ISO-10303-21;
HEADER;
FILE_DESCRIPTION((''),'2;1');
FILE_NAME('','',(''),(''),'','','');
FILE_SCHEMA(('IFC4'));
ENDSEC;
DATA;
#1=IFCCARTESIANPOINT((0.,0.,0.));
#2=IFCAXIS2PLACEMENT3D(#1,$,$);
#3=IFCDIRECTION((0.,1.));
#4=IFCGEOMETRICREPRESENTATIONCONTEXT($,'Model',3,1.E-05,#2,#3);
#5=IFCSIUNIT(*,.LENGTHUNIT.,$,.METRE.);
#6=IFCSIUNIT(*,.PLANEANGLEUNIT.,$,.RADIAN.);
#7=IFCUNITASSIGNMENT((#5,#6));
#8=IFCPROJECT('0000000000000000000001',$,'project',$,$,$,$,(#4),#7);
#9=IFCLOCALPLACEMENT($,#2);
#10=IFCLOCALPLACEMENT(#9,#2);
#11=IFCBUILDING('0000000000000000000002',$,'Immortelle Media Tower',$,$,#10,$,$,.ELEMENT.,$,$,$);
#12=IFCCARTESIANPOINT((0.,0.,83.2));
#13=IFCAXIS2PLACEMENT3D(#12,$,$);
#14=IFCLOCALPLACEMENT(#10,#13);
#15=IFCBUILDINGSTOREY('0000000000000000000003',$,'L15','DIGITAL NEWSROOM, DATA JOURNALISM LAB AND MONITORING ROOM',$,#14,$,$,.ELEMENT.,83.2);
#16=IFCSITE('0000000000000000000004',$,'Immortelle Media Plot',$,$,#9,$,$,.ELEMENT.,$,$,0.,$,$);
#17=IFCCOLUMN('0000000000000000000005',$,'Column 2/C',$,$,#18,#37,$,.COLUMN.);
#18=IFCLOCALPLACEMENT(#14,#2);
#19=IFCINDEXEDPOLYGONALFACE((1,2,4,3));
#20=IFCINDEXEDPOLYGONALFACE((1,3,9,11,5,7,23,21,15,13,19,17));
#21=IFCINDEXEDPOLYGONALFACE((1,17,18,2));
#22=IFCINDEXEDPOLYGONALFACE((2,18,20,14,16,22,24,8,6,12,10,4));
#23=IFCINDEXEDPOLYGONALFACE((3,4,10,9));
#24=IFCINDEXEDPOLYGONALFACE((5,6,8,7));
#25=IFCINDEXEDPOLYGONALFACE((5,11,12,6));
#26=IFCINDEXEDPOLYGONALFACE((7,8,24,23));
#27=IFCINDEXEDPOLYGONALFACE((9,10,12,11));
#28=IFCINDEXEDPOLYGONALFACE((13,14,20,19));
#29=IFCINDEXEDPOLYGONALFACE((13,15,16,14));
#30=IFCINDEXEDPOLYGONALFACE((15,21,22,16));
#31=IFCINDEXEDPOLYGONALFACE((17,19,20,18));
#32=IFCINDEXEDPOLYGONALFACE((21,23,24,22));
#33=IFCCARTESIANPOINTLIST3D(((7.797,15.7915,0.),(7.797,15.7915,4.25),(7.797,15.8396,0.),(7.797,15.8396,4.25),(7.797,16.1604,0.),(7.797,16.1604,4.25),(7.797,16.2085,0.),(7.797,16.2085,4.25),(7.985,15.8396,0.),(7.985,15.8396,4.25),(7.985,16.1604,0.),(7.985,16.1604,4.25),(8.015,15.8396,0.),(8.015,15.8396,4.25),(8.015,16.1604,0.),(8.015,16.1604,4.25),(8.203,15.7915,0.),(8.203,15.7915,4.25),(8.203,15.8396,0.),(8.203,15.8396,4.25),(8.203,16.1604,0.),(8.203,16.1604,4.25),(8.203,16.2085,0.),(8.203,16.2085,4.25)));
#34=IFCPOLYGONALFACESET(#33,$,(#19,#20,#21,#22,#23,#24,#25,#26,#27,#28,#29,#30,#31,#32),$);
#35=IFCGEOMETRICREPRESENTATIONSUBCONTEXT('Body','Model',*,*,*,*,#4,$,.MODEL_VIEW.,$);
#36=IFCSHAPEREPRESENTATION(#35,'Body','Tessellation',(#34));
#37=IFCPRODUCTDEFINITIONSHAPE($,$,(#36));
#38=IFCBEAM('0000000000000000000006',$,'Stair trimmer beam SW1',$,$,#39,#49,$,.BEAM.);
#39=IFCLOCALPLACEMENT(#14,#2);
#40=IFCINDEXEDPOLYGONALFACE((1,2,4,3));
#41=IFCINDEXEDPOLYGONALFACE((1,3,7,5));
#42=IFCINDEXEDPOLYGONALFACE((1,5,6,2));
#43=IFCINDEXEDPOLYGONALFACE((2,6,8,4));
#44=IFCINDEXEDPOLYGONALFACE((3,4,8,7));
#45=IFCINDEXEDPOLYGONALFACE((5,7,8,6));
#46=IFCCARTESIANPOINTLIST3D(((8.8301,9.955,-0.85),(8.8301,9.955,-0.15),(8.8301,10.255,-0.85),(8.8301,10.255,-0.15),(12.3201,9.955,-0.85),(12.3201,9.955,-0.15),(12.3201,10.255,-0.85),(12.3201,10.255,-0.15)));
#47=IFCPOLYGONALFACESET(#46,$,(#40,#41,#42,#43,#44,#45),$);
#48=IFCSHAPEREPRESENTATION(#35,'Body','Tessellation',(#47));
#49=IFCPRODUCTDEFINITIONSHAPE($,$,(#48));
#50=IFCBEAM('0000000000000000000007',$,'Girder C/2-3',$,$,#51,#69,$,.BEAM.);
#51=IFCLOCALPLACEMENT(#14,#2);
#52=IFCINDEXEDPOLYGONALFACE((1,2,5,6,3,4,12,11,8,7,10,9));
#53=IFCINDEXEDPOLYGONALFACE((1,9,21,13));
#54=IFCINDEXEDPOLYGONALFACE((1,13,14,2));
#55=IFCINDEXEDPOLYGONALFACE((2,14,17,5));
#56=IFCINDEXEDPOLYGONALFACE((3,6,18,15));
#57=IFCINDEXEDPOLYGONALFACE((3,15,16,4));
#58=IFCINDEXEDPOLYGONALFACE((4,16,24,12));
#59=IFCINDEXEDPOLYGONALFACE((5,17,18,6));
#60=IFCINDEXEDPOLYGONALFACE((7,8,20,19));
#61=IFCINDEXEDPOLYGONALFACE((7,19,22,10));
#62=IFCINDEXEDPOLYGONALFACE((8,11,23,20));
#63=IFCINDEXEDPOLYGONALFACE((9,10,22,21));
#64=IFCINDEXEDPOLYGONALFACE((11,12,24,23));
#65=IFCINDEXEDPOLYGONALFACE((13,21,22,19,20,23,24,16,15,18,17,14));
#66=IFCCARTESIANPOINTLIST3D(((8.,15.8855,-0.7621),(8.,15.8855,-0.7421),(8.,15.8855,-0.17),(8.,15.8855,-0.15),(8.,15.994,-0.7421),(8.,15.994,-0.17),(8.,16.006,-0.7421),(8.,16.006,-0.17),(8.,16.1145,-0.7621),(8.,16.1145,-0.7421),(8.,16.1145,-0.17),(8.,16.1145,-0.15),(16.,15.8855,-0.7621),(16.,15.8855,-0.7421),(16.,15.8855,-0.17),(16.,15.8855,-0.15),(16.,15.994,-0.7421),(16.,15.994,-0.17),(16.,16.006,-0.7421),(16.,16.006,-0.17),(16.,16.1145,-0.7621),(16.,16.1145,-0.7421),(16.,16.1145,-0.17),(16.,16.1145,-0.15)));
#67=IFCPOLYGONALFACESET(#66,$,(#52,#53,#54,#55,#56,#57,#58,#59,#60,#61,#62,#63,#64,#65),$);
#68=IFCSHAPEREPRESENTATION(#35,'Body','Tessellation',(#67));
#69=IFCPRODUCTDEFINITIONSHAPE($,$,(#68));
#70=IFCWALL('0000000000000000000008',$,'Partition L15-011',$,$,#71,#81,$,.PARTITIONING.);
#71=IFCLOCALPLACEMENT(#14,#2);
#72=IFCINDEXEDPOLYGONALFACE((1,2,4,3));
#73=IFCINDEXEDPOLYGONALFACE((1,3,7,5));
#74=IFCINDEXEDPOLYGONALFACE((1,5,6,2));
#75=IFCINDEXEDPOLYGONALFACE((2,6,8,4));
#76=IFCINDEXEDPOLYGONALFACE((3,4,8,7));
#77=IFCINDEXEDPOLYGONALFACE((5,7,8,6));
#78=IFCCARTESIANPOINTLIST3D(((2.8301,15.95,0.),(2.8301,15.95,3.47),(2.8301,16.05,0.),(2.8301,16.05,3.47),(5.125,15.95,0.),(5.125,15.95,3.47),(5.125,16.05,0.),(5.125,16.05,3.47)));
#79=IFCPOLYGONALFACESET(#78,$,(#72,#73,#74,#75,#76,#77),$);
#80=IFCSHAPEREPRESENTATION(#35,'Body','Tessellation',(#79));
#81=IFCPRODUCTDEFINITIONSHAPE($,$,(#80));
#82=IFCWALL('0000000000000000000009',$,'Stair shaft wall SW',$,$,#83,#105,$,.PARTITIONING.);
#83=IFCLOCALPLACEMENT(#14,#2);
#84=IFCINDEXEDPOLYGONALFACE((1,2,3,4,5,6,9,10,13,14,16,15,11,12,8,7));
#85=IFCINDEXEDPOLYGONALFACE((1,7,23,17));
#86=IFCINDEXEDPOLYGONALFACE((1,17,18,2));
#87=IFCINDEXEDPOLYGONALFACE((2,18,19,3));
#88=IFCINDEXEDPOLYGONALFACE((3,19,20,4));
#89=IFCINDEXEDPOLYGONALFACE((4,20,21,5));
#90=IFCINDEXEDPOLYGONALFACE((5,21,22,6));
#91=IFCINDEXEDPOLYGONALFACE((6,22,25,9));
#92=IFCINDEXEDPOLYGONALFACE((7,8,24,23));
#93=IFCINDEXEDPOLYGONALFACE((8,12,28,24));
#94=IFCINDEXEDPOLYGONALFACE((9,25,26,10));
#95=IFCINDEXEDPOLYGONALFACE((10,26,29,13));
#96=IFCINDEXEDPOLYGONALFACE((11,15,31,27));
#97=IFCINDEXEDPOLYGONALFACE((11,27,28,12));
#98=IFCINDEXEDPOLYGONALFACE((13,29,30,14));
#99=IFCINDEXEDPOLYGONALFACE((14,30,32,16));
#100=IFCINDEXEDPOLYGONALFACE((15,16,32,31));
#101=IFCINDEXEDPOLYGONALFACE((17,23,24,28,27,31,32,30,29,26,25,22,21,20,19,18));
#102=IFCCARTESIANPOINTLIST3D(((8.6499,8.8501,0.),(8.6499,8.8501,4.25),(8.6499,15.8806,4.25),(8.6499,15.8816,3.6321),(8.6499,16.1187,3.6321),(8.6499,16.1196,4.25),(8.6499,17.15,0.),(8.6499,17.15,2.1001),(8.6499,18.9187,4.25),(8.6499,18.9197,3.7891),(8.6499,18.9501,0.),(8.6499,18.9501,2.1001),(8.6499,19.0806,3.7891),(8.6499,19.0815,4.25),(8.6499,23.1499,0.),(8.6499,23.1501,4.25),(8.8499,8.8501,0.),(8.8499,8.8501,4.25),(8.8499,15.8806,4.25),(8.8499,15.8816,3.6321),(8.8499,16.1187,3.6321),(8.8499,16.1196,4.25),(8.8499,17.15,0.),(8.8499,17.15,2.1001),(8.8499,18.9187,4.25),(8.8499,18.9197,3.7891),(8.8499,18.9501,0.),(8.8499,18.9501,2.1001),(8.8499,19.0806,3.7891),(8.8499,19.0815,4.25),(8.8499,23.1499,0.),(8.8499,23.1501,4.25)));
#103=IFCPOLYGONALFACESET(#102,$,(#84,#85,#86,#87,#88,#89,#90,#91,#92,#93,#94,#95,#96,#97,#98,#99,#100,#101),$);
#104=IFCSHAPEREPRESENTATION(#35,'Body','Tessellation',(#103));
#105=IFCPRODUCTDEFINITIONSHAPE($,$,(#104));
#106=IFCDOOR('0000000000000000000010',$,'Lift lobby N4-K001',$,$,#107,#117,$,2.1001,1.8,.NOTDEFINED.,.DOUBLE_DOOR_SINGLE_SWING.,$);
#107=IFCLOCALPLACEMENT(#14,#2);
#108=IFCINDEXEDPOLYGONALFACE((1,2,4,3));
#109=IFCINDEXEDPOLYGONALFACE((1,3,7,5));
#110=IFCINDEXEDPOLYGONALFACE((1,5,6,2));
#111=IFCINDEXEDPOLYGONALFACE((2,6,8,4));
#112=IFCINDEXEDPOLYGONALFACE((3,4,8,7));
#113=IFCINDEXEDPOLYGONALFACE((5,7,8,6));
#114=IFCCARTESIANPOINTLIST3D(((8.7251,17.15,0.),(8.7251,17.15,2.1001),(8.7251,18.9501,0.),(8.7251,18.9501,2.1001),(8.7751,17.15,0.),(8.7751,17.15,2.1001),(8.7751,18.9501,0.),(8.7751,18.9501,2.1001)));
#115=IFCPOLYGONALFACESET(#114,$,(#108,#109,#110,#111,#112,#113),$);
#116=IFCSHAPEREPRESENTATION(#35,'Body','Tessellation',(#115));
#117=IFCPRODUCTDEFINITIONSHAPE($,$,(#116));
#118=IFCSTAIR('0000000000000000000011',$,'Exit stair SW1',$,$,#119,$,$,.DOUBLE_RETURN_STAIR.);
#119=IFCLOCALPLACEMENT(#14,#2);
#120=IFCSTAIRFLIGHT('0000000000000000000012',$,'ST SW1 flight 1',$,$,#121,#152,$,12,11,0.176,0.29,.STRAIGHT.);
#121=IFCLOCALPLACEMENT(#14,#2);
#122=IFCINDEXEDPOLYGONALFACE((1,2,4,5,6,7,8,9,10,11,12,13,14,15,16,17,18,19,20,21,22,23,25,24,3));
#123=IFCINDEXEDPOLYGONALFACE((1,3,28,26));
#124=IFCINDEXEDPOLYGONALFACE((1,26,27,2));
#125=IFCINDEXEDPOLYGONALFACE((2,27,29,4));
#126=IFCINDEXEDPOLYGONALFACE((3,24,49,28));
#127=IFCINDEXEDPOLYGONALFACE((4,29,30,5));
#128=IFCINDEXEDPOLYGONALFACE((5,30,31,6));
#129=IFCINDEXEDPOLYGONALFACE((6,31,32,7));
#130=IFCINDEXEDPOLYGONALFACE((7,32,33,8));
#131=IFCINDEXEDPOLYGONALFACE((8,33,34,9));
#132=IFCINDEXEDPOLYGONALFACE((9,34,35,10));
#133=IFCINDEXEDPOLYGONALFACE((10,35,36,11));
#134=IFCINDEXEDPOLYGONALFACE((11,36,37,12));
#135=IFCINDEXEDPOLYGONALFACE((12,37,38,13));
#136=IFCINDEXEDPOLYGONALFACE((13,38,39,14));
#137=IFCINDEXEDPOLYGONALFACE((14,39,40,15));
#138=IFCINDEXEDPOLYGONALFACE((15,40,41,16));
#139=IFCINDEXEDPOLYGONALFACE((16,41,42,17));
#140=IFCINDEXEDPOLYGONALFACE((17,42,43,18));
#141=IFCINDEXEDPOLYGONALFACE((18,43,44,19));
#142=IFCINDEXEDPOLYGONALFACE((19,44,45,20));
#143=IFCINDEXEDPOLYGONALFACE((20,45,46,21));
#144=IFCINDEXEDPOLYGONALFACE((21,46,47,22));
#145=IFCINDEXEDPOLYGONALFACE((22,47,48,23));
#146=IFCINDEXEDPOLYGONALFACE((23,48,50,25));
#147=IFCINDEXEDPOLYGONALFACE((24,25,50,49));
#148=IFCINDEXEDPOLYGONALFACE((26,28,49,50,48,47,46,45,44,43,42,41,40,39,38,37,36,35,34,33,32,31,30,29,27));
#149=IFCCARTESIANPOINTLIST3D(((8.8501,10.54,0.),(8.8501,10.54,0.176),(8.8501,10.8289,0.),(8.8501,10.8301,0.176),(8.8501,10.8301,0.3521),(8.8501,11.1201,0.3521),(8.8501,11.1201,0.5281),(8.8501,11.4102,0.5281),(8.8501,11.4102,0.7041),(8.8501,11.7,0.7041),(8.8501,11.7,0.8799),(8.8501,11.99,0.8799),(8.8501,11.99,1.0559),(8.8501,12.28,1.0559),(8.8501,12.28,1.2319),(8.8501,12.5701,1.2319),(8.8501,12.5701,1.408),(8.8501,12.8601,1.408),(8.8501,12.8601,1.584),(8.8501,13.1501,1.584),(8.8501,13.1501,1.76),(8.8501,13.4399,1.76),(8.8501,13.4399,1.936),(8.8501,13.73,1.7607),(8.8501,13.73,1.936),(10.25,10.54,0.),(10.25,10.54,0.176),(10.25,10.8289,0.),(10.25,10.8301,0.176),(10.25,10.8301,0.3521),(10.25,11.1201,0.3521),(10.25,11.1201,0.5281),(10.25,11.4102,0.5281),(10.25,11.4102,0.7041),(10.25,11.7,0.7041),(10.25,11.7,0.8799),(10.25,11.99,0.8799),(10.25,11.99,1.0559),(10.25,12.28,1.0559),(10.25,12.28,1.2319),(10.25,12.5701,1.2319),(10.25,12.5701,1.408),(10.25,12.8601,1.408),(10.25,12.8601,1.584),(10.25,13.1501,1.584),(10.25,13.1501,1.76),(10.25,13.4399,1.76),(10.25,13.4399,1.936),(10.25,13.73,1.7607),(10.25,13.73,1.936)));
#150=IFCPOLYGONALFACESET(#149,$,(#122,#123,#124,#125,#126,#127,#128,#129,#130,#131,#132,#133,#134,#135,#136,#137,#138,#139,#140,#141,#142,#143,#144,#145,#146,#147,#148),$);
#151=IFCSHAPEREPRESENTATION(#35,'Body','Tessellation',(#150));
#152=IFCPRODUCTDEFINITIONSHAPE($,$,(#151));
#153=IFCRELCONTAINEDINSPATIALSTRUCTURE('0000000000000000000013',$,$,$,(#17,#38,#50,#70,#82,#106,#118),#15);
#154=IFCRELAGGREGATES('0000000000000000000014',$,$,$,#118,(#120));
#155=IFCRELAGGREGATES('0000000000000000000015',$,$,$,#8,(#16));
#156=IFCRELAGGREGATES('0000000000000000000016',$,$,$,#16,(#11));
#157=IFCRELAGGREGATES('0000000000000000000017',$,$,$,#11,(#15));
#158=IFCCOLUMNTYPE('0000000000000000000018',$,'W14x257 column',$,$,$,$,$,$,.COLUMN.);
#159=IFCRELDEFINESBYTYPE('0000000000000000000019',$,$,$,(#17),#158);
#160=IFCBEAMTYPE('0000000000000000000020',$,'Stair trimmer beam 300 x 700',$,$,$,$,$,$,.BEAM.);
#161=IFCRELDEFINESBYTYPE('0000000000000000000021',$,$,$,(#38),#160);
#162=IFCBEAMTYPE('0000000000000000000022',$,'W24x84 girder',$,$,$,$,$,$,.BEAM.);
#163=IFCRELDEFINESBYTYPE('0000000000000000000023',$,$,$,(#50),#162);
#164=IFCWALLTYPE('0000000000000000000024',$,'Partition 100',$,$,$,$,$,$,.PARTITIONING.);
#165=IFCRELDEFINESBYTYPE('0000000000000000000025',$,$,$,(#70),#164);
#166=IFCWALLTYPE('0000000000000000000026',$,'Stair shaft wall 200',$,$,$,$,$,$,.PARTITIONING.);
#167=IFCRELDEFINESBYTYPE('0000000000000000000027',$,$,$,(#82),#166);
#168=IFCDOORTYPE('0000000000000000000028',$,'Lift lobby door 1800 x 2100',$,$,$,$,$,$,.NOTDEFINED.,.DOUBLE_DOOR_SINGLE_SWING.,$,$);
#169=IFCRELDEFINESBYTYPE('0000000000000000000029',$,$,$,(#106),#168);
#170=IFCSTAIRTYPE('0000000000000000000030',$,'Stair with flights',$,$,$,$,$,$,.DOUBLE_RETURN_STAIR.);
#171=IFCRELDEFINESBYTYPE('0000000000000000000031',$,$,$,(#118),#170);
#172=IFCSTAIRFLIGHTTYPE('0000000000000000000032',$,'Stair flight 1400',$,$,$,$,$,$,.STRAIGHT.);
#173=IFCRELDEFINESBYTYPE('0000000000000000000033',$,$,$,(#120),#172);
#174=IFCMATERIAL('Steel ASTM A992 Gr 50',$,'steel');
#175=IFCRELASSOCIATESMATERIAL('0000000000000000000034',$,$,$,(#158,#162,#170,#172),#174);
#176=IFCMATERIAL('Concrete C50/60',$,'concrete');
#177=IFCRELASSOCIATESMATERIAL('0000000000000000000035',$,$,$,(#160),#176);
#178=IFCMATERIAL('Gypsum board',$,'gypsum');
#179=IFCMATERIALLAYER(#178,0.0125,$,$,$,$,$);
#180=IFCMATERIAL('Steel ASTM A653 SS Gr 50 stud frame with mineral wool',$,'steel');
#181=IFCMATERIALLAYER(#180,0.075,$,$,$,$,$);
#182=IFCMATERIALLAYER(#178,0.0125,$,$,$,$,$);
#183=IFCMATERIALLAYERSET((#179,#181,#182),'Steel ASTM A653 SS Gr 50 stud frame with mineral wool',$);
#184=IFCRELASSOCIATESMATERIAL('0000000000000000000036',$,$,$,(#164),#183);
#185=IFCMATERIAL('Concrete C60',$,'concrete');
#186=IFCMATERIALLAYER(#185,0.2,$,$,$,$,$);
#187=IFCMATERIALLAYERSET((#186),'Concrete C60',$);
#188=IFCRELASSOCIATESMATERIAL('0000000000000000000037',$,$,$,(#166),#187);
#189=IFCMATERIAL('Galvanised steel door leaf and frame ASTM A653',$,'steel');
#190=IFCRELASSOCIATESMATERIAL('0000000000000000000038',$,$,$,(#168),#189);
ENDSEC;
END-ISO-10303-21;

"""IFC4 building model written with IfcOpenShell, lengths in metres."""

from ifc_helpers import new_model, si_unit, direction, frame, frame_2d, origin, origin_2d, place, context, subcontext, project, spatial, polyline, rectangle, i_section, outline, extrude, material, layer, layer_set, material_profile, profile_set, type_object, element, fill, aggregate, save


model = new_model("IFC4")

# Units and contexts
model_context = context("Model", 3, precision=1e-05, world=origin(), true_north=direction((0.0, 1.0)))
body_context = subcontext(model_context, "Body", "Model", "MODEL_VIEW")
ifc_project = project(units=[si_unit("LENGTHUNIT", "METRE"), si_unit("PLANEANGLEUNIT", "RADIAN")], contexts=[model_context])

# Site, building, storey
site_placement = place(None, origin())
site = spatial("IfcSite", under=ifc_project, at=site_placement, Name="Immortelle Media Plot", CompositionType="ELEMENT", RefElevation=0.0)
building_placement = place(site_placement, origin())
building = spatial("IfcBuilding", under=site, at=building_placement, Name="Immortelle Media Tower", CompositionType="ELEMENT")
storey_placement = place(building_placement, frame((0.0, 0.0, 83.2)))
storey = spatial("IfcBuildingStorey", under=building, at=storey_placement, Name="L15", Description="DIGITAL NEWSROOM, DATA JOURNALISM LAB AND MONITORING ROOM", CompositionType="ELEMENT", Elevation=83.2)

# Column
ifc_material_1 = material(Name="Steel ASTM A992 Gr 50", Category="steel")
ifc_material_profile_1 = material_profile(ifc_material_1, i_section(OverallWidth=0.406, OverallDepth=0.417, WebThickness=0.03, FlangeThickness=0.0481, at=origin_2d()), Name="W14x257")
ifc_profile_set_1 = profile_set([ifc_material_profile_1], Name="Steel ASTM A992 Gr 50")
column_type = type_object("IfcColumnType", Name="W14x257 column", PredefinedType="COLUMN", material=ifc_profile_set_1)
column_placement = place(storey_placement, frame((8.0, 16.0, 0.0), z_axis=(0.0, 0.0, 1.0), x_axis=(1.0, 0.0, 0.0)))
element("IfcColumn", 1, at=column_placement, inside=storey, type_object=column_type, Name="Column 2/C", PredefinedType="COLUMN", context=body_context, shape_type="SweptSolid", body=[
    extrude(i_section(OverallWidth=0.406, OverallDepth=0.417, WebThickness=0.03, FlangeThickness=0.0481, at=origin_2d()), origin(), (0.0, 0.0, 1.0), 4.25),
])

# Beams
ifc_material_2 = material(Name="Concrete C50/60", Category="concrete")
ifc_material_profile_2 = material_profile(ifc_material_2, rectangle(XDim=0.3, YDim=0.7, at=origin_2d()), Name="RC 300x700")
ifc_profile_set_2 = profile_set([ifc_material_profile_2], Name="Concrete C50/60")
beam_type_1 = type_object("IfcBeamType", Name="Stair trimmer beam 300 x 700", PredefinedType="BEAM", material=ifc_profile_set_2)
beam_1_placement = place(storey_placement, frame((8.8301, 10.105, -0.5), z_axis=(1.0, 0.0, 0.0), x_axis=(0.0, 1.0, 0.0)))
element("IfcBeam", 2, at=beam_1_placement, inside=storey, type_object=beam_type_1, Name="Stair trimmer beam SW1", PredefinedType="BEAM", context=body_context, shape_type="SweptSolid", body=[
    extrude(rectangle(XDim=0.3, YDim=0.7, at=origin_2d()), origin(), (0.0, 0.0, 1.0), 3.49),
])
ifc_material_profile_3 = material_profile(ifc_material_1, i_section(OverallWidth=0.229, OverallDepth=0.6121, WebThickness=0.012, FlangeThickness=0.02, at=origin_2d()), Name="W24x84")
ifc_profile_set_3 = profile_set([ifc_material_profile_3], Name="Steel ASTM A992 Gr 50")
beam_type_2 = type_object("IfcBeamType", Name="W24x84 girder", PredefinedType="BEAM", material=ifc_profile_set_3)
beam_2_placement = place(storey_placement, frame((8.0, 16.0, -0.4561), z_axis=(1.0, 0.0, 0.0), x_axis=(0.0, 1.0, 0.0)))
element("IfcBeam", 3, at=beam_2_placement, inside=storey, type_object=beam_type_2, Name="Girder C/2-3", PredefinedType="BEAM", context=body_context, shape_type="SweptSolid", body=[
    extrude(i_section(OverallWidth=0.229, OverallDepth=0.6121, WebThickness=0.012, FlangeThickness=0.02, at=origin_2d()), origin(), (0.0, 0.0, 1.0), 8.0),
])

# Wall
ifc_material_3 = material(Name="Gypsum board", Category="gypsum")
ifc_layer_1 = layer(ifc_material_3, 0.0125)
ifc_material_4 = material(Name="Steel ASTM A653 SS Gr 50 stud frame with mineral wool", Category="steel")
ifc_layer_2 = layer(ifc_material_4, 0.075)
ifc_layer_3 = layer(ifc_material_3, 0.0125)
ifc_layer_set_1 = layer_set([ifc_layer_1, ifc_layer_2, ifc_layer_3], Name="Steel ASTM A653 SS Gr 50 stud frame with mineral wool")
wall_type_1 = type_object("IfcWallType", Name="Partition 100", PredefinedType="PARTITIONING", material=ifc_layer_set_1)
wall_1_placement = place(storey_placement, frame((2.8301, 16.0, 0.0), z_axis=(0.0, 0.0, 1.0), x_axis=(1.0, 0.0, 0.0)))
element("IfcWall", 4, at=wall_1_placement, inside=storey, type_object=wall_type_1, Name="Partition L15-011", PredefinedType="PARTITIONING", context=body_context, shape_type="SweptSolid", body=[
    extrude(rectangle(XDim=2.2949, YDim=0.1001, at=frame_2d((1.1475, 0.0))), origin(), (0.0, 0.0, 1.0), 3.47),
])

# Wall, opening, door
ifc_material_5 = material(Name="Concrete C60", Category="concrete")
ifc_layer_4 = layer(ifc_material_5, 0.2)
ifc_layer_set_2 = layer_set([ifc_layer_4], Name="Concrete C60")
wall_type_2 = type_object("IfcWallType", Name="Stair shaft wall 200", PredefinedType="PARTITIONING", material=ifc_layer_set_2)
wall_2_placement = place(storey_placement, frame((8.75, 8.8501, 0.0), z_axis=(0.0, 0.0, 1.0), x_axis=(0.0, 1.0, 0.0)))
wall_2 = element("IfcWall", 5, at=wall_2_placement, inside=storey, type_object=wall_type_2, Name="Stair shaft wall SW", PredefinedType="PARTITIONING", context=body_context, shape_type="SweptSolid", body=[
    extrude(outline(polyline([(0.0, 0.0), (14.2998, 0.0), (14.3, 4.25), (10.2314, 4.25), (10.2305, 3.7891), (10.0696, 3.7891), (10.0686, 4.25), (7.2695, 4.25), (7.2686, 3.6321), (7.0315, 3.6321), (7.0305, 4.25), (0.0, 4.25), (0.0, 0.0)])), frame((0.0, 0.1001, 0.0), z_axis=(0.0, -1.0, 0.0), x_axis=(1.0, 0.0, 0.0)), (0.0, 0.0, 1.0), 0.2),
])
opening_placement = place(wall_2_placement, frame((8.3, 0.0, 0.0)))
opening = element("IfcOpeningElement", 6, at=opening_placement, cuts=wall_2, PredefinedType="OPENING", context=body_context, shape_type="SweptSolid", body=[
    extrude(rectangle(XDim=1.8, YDim=2.1001, at=frame_2d((0.8999, 1.05))), frame((0.0, 0.1099, 0.0), z_axis=(0.0, -1.0, 0.0), x_axis=(1.0, 0.0, 0.0)), (0.0, 0.0, 1.0), 0.22),
])
ifc_material_6 = material(Name="Galvanised steel door leaf and frame ASTM A653", Category="steel")
door_type = type_object("IfcDoorType", Name="Lift lobby door 1800 x 2100", OperationType="DOUBLE_DOOR_SINGLE_SWING", PredefinedType="NOTDEFINED", material=ifc_material_6)
door_placement = place(opening_placement, origin())
door = element("IfcDoor", 7, at=door_placement, inside=storey, type_object=door_type, Name="Lift lobby N4-K001", OperationType="DOUBLE_DOOR_SINGLE_SWING", OverallHeight=2.1001, OverallWidth=1.8, PredefinedType="NOTDEFINED", context=body_context, shape_type="SweptSolid", body=[
    extrude(rectangle(XDim=1.8, YDim=2.1001, at=frame_2d((0.8999, 1.05))), frame((0.0, 0.0249, 0.0), z_axis=(0.0, -1.0, 0.0), x_axis=(1.0, 0.0, 0.0)), (0.0, 0.0, 1.0), 0.05),
])
fill(opening, door)

# Stair, stair flight
stair_type = type_object("IfcStairType", Name="Stair with flights", PredefinedType="DOUBLE_RETURN_STAIR", material=ifc_material_1)
stair_placement = place(storey_placement, origin())
stair = element("IfcStair", 8, at=stair_placement, inside=storey, type_object=stair_type, Name="Exit stair SW1", PredefinedType="DOUBLE_RETURN_STAIR")
stair_flight_type = type_object("IfcStairFlightType", Name="Stair flight 1400", PredefinedType="STRAIGHT", material=ifc_material_1)
stair_flight_1_placement = place(storey_placement, frame((9.55, 10.54, 0.0), z_axis=(0.0, 0.0, 1.0), x_axis=(0.0, 1.0, 0.0)))
stair_flight_1 = element("IfcStairFlight", 9, at=stair_flight_1_placement, type_object=stair_flight_type, Name="ST SW1 flight 1", NumberOfRisers=12, NumberOfTreads=11, PredefinedType="STRAIGHT", RiserHeight=0.176, TreadLength=0.29, context=body_context, shape_type="SweptSolid", body=[
    extrude(outline(polyline([(0.0, 0.0), (0.0, 0.176), (0.29, 0.176), (0.29, 0.3521), (0.5801, 0.3521), (0.5801, 0.5281), (0.8701, 0.5281), (0.8701, 0.7041), (1.1599, 0.7041), (1.1599, 0.8799), (1.45, 0.8799), (1.45, 1.0559), (1.74, 1.0559), (1.74, 1.2319), (2.03, 1.2319), (2.03, 1.408), (2.3201, 1.408), (2.3201, 1.584), (2.6101, 1.584), (2.6101, 1.76), (2.8999, 1.76), (2.8999, 1.936), (3.1899, 1.936), (3.1899, 2.1121), (3.1899, 1.7607), (0.2888, 0.0), (0.0, 0.0)])), frame((0.0, 0.7, 0.0), z_axis=(0.0, -1.0, 0.0), x_axis=(1.0, 0.0, 0.0)), (0.0, 0.0, 1.0), 1.3999),
])
aggregate(stair, [stair_flight_1])

save(model, "model.ifc")
